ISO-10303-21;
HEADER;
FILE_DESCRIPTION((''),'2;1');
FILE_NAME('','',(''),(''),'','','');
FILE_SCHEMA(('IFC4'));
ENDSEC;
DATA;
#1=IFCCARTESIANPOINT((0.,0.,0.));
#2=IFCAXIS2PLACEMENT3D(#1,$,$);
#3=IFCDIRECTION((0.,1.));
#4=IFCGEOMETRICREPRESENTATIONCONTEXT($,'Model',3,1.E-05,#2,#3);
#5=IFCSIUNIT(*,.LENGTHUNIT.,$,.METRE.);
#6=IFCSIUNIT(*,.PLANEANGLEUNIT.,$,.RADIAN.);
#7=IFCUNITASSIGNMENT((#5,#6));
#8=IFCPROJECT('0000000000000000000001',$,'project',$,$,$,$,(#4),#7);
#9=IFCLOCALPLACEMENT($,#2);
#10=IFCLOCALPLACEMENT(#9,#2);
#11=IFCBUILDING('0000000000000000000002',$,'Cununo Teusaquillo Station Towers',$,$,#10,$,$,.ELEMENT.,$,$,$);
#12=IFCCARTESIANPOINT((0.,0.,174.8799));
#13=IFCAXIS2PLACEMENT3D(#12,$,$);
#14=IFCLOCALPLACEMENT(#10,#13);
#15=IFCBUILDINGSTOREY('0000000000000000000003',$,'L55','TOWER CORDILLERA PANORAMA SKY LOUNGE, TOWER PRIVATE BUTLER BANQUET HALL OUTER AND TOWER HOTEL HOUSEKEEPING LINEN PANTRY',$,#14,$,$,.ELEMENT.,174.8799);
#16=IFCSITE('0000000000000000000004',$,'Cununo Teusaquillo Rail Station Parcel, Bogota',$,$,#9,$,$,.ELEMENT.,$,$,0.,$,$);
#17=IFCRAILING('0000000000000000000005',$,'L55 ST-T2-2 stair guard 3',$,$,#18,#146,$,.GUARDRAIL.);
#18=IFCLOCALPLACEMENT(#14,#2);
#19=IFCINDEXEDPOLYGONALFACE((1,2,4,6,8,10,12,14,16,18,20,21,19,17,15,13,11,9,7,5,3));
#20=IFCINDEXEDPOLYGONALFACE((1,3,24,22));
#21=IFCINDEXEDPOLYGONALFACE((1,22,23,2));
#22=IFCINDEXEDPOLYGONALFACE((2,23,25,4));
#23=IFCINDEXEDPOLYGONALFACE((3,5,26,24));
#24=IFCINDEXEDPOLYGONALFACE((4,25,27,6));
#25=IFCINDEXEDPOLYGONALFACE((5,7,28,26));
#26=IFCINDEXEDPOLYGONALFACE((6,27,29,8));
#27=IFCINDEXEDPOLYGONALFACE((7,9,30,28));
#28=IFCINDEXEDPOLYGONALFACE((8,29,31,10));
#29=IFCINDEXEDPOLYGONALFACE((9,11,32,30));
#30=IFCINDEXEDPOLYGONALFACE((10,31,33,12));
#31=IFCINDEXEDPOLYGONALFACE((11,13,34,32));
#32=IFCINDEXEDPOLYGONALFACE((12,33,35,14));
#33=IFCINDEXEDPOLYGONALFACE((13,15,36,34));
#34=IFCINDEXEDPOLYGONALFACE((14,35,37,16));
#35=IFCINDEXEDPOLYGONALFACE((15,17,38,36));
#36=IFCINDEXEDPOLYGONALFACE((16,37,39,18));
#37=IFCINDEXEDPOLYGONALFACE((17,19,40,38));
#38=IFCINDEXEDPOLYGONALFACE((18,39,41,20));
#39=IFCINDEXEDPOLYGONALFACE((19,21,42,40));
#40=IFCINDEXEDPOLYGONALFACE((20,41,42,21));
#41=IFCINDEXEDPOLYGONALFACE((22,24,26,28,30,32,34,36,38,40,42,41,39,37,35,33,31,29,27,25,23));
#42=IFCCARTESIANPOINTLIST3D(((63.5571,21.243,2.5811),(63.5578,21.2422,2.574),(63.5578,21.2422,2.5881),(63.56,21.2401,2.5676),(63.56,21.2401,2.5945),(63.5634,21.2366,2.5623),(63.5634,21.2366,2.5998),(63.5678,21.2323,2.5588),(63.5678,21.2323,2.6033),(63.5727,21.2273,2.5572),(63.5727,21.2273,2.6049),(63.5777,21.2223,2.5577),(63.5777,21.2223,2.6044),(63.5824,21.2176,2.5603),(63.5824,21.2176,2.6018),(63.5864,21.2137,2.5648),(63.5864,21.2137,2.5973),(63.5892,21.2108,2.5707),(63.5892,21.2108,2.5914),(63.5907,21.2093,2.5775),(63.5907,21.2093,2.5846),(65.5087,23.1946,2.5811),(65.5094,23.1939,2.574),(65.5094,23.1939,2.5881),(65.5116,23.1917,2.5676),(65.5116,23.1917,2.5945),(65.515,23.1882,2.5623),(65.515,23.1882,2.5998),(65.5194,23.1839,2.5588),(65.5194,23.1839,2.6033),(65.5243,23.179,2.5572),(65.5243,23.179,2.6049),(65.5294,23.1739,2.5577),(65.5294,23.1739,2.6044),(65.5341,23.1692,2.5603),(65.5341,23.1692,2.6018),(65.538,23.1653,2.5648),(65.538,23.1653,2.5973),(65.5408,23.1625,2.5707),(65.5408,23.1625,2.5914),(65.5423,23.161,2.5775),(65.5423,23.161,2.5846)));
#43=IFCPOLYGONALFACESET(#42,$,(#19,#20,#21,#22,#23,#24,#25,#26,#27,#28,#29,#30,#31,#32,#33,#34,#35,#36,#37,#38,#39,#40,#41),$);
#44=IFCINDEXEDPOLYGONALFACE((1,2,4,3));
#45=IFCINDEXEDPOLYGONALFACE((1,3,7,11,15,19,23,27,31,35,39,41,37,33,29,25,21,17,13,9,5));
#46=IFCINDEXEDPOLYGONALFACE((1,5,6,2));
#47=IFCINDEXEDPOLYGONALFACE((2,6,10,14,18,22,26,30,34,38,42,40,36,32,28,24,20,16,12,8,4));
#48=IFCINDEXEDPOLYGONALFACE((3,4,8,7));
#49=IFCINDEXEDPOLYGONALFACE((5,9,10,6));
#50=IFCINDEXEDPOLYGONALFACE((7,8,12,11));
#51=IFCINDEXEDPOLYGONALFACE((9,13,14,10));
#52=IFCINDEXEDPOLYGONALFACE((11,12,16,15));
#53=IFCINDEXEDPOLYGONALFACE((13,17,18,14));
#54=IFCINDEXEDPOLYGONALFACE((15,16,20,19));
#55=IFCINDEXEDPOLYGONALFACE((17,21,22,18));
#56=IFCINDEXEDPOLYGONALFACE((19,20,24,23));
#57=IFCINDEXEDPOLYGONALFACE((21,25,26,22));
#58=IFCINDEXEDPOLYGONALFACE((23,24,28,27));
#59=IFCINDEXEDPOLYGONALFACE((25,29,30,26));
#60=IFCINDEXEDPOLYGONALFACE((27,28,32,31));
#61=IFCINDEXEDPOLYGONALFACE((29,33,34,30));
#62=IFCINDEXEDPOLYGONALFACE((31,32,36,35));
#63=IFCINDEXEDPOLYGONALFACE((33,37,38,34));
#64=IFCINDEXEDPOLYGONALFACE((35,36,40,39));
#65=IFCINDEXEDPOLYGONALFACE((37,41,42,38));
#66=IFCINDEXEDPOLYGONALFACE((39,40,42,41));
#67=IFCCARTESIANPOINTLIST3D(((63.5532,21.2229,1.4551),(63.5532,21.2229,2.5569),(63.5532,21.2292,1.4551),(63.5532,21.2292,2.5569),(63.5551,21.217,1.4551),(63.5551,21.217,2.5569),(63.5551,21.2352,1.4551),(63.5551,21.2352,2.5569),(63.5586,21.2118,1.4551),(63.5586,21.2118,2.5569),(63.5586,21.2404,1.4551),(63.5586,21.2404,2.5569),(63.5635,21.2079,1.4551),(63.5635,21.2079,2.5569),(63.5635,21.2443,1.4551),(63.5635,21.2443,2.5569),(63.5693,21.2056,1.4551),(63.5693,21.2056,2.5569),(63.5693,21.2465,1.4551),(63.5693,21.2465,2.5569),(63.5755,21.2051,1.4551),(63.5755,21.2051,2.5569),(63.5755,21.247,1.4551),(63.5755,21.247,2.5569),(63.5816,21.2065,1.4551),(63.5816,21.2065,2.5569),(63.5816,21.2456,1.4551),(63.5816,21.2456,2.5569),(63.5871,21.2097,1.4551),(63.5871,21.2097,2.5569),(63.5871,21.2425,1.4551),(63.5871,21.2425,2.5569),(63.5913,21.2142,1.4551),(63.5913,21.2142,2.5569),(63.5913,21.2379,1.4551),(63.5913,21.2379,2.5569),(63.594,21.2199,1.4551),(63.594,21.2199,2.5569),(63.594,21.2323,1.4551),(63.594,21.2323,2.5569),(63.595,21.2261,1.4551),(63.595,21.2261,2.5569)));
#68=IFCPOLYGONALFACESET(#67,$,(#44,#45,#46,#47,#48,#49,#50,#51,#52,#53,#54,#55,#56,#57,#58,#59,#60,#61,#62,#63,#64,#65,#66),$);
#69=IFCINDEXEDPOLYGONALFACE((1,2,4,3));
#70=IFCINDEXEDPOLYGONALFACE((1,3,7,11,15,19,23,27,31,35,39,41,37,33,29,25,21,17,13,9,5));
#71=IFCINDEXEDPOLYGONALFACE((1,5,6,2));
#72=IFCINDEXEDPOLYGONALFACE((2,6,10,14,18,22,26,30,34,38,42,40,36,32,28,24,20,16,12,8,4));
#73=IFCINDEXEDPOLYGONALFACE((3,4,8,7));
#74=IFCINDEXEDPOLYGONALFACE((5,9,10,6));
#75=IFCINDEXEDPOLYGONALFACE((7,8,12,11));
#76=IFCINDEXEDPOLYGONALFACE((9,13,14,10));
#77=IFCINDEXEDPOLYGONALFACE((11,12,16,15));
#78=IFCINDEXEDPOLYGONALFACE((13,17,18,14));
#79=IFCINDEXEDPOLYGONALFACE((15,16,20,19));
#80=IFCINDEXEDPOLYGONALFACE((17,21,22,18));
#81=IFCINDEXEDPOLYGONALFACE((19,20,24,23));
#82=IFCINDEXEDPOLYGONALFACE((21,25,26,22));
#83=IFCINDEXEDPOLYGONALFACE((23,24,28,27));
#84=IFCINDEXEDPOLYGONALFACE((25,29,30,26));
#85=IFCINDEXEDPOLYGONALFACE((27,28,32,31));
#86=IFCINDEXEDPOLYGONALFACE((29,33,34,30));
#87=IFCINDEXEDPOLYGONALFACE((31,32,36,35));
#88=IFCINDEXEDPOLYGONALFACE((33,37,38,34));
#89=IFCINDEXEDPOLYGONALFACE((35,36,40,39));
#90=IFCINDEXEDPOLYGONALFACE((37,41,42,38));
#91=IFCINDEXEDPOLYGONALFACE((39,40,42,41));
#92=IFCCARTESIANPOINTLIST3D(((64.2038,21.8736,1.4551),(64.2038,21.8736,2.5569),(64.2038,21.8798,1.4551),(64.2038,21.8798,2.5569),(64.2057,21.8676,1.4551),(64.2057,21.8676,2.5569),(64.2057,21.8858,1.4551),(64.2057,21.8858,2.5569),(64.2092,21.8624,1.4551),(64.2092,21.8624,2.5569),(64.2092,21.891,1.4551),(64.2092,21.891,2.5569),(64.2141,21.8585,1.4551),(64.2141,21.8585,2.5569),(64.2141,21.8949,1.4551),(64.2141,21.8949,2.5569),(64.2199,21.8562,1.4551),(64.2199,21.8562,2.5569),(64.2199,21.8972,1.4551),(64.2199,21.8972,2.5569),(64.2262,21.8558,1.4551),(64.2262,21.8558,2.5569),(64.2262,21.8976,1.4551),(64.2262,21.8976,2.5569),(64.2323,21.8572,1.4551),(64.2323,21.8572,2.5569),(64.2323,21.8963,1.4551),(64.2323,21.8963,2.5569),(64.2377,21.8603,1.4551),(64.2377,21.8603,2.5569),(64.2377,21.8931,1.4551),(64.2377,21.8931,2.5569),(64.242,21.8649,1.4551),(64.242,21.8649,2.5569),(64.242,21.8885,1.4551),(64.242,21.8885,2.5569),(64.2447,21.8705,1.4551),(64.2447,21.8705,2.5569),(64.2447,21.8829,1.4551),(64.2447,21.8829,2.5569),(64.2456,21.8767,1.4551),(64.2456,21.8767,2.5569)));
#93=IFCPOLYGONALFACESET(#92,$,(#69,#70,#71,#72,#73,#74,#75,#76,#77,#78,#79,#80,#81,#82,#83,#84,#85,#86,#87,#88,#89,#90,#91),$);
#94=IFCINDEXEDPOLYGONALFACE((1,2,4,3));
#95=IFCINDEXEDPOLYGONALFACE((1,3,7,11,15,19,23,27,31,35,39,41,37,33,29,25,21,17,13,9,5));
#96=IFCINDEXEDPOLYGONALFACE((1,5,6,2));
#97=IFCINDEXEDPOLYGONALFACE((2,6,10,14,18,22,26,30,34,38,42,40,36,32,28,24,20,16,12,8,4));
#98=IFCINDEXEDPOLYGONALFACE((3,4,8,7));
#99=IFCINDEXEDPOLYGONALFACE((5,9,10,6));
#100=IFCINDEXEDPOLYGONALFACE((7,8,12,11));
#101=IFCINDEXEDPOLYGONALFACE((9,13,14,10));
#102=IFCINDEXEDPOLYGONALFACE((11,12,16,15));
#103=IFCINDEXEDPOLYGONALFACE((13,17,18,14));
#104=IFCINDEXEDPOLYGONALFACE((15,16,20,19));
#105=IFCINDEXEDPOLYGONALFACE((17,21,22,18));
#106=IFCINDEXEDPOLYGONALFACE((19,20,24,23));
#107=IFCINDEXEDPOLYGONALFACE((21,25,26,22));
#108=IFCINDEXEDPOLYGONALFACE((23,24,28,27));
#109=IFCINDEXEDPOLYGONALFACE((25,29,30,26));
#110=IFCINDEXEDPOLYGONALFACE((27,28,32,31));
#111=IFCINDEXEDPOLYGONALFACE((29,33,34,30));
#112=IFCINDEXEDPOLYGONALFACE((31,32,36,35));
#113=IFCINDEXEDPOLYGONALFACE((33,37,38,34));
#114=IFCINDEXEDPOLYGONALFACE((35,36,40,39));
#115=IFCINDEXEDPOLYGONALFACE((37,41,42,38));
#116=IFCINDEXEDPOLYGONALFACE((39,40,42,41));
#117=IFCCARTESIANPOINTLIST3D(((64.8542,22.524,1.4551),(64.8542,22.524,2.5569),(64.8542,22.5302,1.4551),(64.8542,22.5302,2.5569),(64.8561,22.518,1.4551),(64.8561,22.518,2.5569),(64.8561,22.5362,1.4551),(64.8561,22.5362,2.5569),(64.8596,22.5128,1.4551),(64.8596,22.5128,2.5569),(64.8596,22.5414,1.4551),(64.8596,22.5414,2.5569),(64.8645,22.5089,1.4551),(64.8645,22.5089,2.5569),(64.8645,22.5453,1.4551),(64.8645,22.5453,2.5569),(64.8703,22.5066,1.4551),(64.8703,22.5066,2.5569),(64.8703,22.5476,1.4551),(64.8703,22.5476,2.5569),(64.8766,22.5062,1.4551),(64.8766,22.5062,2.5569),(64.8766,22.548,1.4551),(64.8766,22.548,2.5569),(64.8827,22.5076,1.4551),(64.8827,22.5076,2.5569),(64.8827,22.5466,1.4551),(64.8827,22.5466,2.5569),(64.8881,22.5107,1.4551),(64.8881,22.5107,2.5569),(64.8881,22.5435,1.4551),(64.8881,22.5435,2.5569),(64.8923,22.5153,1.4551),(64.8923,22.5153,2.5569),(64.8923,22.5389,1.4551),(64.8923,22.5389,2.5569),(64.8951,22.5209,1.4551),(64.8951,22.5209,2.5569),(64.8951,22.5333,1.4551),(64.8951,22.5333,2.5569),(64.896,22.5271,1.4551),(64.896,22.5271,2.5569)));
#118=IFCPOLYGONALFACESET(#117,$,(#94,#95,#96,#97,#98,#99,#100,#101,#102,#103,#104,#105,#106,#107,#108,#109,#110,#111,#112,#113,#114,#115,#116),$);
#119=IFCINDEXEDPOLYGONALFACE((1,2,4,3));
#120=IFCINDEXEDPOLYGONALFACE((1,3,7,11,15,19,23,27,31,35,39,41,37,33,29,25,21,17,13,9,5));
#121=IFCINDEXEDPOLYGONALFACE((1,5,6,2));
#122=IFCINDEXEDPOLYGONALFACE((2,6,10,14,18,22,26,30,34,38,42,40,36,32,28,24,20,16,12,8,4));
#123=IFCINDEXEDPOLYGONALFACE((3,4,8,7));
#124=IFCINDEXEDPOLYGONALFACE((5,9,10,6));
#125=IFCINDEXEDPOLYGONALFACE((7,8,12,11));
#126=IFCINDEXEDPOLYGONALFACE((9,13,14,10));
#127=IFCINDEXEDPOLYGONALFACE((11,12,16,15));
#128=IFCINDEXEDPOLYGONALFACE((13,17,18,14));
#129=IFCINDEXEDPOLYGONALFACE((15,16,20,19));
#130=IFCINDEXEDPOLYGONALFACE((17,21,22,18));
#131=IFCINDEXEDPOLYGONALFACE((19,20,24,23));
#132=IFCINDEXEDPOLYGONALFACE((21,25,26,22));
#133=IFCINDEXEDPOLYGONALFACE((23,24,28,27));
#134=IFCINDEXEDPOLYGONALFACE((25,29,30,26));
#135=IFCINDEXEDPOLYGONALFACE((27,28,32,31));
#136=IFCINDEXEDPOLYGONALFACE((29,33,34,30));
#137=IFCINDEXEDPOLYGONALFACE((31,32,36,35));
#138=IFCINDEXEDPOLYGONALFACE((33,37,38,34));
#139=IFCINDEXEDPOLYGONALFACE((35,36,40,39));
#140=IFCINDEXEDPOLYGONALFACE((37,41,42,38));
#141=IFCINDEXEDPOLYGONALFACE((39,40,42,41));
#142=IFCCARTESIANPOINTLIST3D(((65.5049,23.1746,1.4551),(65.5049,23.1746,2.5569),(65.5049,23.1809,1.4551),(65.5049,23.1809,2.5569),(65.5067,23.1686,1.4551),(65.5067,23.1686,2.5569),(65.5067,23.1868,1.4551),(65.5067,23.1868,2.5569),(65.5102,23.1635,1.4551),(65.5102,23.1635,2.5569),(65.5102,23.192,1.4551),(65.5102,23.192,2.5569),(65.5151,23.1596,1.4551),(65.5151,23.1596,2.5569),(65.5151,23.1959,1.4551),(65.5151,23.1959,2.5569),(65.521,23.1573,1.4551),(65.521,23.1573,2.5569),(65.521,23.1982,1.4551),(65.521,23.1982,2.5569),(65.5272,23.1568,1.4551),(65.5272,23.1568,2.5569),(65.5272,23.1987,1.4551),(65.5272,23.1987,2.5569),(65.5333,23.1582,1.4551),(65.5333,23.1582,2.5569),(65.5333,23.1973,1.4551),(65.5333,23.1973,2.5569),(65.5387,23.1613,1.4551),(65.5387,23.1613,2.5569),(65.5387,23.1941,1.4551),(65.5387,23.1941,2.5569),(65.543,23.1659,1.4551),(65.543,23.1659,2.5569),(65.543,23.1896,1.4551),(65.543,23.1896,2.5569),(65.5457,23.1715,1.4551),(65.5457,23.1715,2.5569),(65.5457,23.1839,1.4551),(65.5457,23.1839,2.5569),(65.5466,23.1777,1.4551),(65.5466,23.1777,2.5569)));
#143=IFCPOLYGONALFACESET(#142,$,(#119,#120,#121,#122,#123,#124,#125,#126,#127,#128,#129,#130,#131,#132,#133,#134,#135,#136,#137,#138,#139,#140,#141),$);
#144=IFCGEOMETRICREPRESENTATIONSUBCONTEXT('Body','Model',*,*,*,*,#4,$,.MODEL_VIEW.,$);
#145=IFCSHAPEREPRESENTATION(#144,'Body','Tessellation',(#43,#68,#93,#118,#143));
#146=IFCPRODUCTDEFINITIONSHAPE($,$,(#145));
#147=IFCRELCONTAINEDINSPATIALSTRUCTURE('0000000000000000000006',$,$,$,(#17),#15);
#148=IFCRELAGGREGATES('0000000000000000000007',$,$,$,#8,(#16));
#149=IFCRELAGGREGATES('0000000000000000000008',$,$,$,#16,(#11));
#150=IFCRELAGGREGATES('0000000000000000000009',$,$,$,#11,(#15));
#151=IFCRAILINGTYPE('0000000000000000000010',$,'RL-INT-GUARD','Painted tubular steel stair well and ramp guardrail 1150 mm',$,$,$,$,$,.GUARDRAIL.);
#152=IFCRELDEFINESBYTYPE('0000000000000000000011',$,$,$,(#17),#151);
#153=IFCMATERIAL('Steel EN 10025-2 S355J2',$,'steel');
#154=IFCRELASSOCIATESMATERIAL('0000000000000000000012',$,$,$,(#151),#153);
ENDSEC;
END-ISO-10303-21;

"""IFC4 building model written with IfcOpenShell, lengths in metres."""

from ifc_helpers import new_model, si_unit, direction, frame, origin, origin_2d, place, context, subcontext, project, spatial, circle, extrude, material, type_object, element, save


model = new_model("IFC4")

# Units and contexts
model_context = context("Model", 3, precision=1e-05, world=origin(), true_north=direction((0.0, 1.0)))
body_context = subcontext(model_context, "Body", "Model", "MODEL_VIEW")
ifc_project = project(units=[si_unit("LENGTHUNIT", "METRE"), si_unit("PLANEANGLEUNIT", "RADIAN")], contexts=[model_context])

# Site, building, storey
site_placement = place(None, origin())
site = spatial("IfcSite", under=ifc_project, at=site_placement, Name="Cununo Teusaquillo Rail Station Parcel, Bogota", CompositionType="ELEMENT", RefElevation=0.0)
building_placement = place(site_placement, origin())
building = spatial("IfcBuilding", under=site, at=building_placement, Name="Cununo Teusaquillo Station Towers", CompositionType="ELEMENT")
storey_placement = place(building_placement, frame((0.0, 0.0, 174.8799)))
storey = spatial("IfcBuildingStorey", under=building, at=storey_placement, Name="L55", Description="TOWER CORDILLERA PANORAMA SKY LOUNGE, TOWER PRIVATE BUTLER BANQUET HALL OUTER AND TOWER HOTEL HOUSEKEEPING LINEN PANTRY", CompositionType="ELEMENT", Elevation=174.8799)

# Railing
ifc_material_1 = material(Name="Steel EN 10025-2 S355J2", Category="steel")
railing_type = type_object("IfcRailingType", Name="RL-INT-GUARD", Description="Painted tubular steel stair well and ramp guardrail 1150 mm", PredefinedType="GUARDRAIL", material=ifc_material_1)
railing_1_placement = place(storey_placement, frame((63.574, 21.2261, 1.4551)))
element("IfcRailing", 1, at=railing_1_placement, inside=storey, type_object=railing_type, Name="L55 ST-T2-2 stair guard 3", PredefinedType="GUARDRAIL", context=body_context, shape_type="SweptSolid", body=[
    extrude(circle(Radius=0.0239, at=origin_2d()), frame((0.0, 0.0, 1.126), z_axis=(0.707107, 0.707107, 0.0), x_axis=(-0.707107, 0.707107, 0.0)), (0.0, 0.0, 1.0), 2.76),
    extrude(circle(Radius=0.021, at=origin_2d()), origin(), (0.0, 0.0, 1.0), 1.1018),
    extrude(circle(Radius=0.021, at=origin_2d()), frame((0.6506, 0.6506, 0.0)), (0.0, 0.0, 1.0), 1.1018),
    extrude(circle(Radius=0.021, at=origin_2d()), frame((1.301, 1.301, 0.0)), (0.0, 0.0, 1.0), 1.1018),
    extrude(circle(Radius=0.021, at=origin_2d()), frame((1.9517, 1.9517, 0.0)), (0.0, 0.0, 1.0), 1.1018),
])

save(model, "model.ifc")
